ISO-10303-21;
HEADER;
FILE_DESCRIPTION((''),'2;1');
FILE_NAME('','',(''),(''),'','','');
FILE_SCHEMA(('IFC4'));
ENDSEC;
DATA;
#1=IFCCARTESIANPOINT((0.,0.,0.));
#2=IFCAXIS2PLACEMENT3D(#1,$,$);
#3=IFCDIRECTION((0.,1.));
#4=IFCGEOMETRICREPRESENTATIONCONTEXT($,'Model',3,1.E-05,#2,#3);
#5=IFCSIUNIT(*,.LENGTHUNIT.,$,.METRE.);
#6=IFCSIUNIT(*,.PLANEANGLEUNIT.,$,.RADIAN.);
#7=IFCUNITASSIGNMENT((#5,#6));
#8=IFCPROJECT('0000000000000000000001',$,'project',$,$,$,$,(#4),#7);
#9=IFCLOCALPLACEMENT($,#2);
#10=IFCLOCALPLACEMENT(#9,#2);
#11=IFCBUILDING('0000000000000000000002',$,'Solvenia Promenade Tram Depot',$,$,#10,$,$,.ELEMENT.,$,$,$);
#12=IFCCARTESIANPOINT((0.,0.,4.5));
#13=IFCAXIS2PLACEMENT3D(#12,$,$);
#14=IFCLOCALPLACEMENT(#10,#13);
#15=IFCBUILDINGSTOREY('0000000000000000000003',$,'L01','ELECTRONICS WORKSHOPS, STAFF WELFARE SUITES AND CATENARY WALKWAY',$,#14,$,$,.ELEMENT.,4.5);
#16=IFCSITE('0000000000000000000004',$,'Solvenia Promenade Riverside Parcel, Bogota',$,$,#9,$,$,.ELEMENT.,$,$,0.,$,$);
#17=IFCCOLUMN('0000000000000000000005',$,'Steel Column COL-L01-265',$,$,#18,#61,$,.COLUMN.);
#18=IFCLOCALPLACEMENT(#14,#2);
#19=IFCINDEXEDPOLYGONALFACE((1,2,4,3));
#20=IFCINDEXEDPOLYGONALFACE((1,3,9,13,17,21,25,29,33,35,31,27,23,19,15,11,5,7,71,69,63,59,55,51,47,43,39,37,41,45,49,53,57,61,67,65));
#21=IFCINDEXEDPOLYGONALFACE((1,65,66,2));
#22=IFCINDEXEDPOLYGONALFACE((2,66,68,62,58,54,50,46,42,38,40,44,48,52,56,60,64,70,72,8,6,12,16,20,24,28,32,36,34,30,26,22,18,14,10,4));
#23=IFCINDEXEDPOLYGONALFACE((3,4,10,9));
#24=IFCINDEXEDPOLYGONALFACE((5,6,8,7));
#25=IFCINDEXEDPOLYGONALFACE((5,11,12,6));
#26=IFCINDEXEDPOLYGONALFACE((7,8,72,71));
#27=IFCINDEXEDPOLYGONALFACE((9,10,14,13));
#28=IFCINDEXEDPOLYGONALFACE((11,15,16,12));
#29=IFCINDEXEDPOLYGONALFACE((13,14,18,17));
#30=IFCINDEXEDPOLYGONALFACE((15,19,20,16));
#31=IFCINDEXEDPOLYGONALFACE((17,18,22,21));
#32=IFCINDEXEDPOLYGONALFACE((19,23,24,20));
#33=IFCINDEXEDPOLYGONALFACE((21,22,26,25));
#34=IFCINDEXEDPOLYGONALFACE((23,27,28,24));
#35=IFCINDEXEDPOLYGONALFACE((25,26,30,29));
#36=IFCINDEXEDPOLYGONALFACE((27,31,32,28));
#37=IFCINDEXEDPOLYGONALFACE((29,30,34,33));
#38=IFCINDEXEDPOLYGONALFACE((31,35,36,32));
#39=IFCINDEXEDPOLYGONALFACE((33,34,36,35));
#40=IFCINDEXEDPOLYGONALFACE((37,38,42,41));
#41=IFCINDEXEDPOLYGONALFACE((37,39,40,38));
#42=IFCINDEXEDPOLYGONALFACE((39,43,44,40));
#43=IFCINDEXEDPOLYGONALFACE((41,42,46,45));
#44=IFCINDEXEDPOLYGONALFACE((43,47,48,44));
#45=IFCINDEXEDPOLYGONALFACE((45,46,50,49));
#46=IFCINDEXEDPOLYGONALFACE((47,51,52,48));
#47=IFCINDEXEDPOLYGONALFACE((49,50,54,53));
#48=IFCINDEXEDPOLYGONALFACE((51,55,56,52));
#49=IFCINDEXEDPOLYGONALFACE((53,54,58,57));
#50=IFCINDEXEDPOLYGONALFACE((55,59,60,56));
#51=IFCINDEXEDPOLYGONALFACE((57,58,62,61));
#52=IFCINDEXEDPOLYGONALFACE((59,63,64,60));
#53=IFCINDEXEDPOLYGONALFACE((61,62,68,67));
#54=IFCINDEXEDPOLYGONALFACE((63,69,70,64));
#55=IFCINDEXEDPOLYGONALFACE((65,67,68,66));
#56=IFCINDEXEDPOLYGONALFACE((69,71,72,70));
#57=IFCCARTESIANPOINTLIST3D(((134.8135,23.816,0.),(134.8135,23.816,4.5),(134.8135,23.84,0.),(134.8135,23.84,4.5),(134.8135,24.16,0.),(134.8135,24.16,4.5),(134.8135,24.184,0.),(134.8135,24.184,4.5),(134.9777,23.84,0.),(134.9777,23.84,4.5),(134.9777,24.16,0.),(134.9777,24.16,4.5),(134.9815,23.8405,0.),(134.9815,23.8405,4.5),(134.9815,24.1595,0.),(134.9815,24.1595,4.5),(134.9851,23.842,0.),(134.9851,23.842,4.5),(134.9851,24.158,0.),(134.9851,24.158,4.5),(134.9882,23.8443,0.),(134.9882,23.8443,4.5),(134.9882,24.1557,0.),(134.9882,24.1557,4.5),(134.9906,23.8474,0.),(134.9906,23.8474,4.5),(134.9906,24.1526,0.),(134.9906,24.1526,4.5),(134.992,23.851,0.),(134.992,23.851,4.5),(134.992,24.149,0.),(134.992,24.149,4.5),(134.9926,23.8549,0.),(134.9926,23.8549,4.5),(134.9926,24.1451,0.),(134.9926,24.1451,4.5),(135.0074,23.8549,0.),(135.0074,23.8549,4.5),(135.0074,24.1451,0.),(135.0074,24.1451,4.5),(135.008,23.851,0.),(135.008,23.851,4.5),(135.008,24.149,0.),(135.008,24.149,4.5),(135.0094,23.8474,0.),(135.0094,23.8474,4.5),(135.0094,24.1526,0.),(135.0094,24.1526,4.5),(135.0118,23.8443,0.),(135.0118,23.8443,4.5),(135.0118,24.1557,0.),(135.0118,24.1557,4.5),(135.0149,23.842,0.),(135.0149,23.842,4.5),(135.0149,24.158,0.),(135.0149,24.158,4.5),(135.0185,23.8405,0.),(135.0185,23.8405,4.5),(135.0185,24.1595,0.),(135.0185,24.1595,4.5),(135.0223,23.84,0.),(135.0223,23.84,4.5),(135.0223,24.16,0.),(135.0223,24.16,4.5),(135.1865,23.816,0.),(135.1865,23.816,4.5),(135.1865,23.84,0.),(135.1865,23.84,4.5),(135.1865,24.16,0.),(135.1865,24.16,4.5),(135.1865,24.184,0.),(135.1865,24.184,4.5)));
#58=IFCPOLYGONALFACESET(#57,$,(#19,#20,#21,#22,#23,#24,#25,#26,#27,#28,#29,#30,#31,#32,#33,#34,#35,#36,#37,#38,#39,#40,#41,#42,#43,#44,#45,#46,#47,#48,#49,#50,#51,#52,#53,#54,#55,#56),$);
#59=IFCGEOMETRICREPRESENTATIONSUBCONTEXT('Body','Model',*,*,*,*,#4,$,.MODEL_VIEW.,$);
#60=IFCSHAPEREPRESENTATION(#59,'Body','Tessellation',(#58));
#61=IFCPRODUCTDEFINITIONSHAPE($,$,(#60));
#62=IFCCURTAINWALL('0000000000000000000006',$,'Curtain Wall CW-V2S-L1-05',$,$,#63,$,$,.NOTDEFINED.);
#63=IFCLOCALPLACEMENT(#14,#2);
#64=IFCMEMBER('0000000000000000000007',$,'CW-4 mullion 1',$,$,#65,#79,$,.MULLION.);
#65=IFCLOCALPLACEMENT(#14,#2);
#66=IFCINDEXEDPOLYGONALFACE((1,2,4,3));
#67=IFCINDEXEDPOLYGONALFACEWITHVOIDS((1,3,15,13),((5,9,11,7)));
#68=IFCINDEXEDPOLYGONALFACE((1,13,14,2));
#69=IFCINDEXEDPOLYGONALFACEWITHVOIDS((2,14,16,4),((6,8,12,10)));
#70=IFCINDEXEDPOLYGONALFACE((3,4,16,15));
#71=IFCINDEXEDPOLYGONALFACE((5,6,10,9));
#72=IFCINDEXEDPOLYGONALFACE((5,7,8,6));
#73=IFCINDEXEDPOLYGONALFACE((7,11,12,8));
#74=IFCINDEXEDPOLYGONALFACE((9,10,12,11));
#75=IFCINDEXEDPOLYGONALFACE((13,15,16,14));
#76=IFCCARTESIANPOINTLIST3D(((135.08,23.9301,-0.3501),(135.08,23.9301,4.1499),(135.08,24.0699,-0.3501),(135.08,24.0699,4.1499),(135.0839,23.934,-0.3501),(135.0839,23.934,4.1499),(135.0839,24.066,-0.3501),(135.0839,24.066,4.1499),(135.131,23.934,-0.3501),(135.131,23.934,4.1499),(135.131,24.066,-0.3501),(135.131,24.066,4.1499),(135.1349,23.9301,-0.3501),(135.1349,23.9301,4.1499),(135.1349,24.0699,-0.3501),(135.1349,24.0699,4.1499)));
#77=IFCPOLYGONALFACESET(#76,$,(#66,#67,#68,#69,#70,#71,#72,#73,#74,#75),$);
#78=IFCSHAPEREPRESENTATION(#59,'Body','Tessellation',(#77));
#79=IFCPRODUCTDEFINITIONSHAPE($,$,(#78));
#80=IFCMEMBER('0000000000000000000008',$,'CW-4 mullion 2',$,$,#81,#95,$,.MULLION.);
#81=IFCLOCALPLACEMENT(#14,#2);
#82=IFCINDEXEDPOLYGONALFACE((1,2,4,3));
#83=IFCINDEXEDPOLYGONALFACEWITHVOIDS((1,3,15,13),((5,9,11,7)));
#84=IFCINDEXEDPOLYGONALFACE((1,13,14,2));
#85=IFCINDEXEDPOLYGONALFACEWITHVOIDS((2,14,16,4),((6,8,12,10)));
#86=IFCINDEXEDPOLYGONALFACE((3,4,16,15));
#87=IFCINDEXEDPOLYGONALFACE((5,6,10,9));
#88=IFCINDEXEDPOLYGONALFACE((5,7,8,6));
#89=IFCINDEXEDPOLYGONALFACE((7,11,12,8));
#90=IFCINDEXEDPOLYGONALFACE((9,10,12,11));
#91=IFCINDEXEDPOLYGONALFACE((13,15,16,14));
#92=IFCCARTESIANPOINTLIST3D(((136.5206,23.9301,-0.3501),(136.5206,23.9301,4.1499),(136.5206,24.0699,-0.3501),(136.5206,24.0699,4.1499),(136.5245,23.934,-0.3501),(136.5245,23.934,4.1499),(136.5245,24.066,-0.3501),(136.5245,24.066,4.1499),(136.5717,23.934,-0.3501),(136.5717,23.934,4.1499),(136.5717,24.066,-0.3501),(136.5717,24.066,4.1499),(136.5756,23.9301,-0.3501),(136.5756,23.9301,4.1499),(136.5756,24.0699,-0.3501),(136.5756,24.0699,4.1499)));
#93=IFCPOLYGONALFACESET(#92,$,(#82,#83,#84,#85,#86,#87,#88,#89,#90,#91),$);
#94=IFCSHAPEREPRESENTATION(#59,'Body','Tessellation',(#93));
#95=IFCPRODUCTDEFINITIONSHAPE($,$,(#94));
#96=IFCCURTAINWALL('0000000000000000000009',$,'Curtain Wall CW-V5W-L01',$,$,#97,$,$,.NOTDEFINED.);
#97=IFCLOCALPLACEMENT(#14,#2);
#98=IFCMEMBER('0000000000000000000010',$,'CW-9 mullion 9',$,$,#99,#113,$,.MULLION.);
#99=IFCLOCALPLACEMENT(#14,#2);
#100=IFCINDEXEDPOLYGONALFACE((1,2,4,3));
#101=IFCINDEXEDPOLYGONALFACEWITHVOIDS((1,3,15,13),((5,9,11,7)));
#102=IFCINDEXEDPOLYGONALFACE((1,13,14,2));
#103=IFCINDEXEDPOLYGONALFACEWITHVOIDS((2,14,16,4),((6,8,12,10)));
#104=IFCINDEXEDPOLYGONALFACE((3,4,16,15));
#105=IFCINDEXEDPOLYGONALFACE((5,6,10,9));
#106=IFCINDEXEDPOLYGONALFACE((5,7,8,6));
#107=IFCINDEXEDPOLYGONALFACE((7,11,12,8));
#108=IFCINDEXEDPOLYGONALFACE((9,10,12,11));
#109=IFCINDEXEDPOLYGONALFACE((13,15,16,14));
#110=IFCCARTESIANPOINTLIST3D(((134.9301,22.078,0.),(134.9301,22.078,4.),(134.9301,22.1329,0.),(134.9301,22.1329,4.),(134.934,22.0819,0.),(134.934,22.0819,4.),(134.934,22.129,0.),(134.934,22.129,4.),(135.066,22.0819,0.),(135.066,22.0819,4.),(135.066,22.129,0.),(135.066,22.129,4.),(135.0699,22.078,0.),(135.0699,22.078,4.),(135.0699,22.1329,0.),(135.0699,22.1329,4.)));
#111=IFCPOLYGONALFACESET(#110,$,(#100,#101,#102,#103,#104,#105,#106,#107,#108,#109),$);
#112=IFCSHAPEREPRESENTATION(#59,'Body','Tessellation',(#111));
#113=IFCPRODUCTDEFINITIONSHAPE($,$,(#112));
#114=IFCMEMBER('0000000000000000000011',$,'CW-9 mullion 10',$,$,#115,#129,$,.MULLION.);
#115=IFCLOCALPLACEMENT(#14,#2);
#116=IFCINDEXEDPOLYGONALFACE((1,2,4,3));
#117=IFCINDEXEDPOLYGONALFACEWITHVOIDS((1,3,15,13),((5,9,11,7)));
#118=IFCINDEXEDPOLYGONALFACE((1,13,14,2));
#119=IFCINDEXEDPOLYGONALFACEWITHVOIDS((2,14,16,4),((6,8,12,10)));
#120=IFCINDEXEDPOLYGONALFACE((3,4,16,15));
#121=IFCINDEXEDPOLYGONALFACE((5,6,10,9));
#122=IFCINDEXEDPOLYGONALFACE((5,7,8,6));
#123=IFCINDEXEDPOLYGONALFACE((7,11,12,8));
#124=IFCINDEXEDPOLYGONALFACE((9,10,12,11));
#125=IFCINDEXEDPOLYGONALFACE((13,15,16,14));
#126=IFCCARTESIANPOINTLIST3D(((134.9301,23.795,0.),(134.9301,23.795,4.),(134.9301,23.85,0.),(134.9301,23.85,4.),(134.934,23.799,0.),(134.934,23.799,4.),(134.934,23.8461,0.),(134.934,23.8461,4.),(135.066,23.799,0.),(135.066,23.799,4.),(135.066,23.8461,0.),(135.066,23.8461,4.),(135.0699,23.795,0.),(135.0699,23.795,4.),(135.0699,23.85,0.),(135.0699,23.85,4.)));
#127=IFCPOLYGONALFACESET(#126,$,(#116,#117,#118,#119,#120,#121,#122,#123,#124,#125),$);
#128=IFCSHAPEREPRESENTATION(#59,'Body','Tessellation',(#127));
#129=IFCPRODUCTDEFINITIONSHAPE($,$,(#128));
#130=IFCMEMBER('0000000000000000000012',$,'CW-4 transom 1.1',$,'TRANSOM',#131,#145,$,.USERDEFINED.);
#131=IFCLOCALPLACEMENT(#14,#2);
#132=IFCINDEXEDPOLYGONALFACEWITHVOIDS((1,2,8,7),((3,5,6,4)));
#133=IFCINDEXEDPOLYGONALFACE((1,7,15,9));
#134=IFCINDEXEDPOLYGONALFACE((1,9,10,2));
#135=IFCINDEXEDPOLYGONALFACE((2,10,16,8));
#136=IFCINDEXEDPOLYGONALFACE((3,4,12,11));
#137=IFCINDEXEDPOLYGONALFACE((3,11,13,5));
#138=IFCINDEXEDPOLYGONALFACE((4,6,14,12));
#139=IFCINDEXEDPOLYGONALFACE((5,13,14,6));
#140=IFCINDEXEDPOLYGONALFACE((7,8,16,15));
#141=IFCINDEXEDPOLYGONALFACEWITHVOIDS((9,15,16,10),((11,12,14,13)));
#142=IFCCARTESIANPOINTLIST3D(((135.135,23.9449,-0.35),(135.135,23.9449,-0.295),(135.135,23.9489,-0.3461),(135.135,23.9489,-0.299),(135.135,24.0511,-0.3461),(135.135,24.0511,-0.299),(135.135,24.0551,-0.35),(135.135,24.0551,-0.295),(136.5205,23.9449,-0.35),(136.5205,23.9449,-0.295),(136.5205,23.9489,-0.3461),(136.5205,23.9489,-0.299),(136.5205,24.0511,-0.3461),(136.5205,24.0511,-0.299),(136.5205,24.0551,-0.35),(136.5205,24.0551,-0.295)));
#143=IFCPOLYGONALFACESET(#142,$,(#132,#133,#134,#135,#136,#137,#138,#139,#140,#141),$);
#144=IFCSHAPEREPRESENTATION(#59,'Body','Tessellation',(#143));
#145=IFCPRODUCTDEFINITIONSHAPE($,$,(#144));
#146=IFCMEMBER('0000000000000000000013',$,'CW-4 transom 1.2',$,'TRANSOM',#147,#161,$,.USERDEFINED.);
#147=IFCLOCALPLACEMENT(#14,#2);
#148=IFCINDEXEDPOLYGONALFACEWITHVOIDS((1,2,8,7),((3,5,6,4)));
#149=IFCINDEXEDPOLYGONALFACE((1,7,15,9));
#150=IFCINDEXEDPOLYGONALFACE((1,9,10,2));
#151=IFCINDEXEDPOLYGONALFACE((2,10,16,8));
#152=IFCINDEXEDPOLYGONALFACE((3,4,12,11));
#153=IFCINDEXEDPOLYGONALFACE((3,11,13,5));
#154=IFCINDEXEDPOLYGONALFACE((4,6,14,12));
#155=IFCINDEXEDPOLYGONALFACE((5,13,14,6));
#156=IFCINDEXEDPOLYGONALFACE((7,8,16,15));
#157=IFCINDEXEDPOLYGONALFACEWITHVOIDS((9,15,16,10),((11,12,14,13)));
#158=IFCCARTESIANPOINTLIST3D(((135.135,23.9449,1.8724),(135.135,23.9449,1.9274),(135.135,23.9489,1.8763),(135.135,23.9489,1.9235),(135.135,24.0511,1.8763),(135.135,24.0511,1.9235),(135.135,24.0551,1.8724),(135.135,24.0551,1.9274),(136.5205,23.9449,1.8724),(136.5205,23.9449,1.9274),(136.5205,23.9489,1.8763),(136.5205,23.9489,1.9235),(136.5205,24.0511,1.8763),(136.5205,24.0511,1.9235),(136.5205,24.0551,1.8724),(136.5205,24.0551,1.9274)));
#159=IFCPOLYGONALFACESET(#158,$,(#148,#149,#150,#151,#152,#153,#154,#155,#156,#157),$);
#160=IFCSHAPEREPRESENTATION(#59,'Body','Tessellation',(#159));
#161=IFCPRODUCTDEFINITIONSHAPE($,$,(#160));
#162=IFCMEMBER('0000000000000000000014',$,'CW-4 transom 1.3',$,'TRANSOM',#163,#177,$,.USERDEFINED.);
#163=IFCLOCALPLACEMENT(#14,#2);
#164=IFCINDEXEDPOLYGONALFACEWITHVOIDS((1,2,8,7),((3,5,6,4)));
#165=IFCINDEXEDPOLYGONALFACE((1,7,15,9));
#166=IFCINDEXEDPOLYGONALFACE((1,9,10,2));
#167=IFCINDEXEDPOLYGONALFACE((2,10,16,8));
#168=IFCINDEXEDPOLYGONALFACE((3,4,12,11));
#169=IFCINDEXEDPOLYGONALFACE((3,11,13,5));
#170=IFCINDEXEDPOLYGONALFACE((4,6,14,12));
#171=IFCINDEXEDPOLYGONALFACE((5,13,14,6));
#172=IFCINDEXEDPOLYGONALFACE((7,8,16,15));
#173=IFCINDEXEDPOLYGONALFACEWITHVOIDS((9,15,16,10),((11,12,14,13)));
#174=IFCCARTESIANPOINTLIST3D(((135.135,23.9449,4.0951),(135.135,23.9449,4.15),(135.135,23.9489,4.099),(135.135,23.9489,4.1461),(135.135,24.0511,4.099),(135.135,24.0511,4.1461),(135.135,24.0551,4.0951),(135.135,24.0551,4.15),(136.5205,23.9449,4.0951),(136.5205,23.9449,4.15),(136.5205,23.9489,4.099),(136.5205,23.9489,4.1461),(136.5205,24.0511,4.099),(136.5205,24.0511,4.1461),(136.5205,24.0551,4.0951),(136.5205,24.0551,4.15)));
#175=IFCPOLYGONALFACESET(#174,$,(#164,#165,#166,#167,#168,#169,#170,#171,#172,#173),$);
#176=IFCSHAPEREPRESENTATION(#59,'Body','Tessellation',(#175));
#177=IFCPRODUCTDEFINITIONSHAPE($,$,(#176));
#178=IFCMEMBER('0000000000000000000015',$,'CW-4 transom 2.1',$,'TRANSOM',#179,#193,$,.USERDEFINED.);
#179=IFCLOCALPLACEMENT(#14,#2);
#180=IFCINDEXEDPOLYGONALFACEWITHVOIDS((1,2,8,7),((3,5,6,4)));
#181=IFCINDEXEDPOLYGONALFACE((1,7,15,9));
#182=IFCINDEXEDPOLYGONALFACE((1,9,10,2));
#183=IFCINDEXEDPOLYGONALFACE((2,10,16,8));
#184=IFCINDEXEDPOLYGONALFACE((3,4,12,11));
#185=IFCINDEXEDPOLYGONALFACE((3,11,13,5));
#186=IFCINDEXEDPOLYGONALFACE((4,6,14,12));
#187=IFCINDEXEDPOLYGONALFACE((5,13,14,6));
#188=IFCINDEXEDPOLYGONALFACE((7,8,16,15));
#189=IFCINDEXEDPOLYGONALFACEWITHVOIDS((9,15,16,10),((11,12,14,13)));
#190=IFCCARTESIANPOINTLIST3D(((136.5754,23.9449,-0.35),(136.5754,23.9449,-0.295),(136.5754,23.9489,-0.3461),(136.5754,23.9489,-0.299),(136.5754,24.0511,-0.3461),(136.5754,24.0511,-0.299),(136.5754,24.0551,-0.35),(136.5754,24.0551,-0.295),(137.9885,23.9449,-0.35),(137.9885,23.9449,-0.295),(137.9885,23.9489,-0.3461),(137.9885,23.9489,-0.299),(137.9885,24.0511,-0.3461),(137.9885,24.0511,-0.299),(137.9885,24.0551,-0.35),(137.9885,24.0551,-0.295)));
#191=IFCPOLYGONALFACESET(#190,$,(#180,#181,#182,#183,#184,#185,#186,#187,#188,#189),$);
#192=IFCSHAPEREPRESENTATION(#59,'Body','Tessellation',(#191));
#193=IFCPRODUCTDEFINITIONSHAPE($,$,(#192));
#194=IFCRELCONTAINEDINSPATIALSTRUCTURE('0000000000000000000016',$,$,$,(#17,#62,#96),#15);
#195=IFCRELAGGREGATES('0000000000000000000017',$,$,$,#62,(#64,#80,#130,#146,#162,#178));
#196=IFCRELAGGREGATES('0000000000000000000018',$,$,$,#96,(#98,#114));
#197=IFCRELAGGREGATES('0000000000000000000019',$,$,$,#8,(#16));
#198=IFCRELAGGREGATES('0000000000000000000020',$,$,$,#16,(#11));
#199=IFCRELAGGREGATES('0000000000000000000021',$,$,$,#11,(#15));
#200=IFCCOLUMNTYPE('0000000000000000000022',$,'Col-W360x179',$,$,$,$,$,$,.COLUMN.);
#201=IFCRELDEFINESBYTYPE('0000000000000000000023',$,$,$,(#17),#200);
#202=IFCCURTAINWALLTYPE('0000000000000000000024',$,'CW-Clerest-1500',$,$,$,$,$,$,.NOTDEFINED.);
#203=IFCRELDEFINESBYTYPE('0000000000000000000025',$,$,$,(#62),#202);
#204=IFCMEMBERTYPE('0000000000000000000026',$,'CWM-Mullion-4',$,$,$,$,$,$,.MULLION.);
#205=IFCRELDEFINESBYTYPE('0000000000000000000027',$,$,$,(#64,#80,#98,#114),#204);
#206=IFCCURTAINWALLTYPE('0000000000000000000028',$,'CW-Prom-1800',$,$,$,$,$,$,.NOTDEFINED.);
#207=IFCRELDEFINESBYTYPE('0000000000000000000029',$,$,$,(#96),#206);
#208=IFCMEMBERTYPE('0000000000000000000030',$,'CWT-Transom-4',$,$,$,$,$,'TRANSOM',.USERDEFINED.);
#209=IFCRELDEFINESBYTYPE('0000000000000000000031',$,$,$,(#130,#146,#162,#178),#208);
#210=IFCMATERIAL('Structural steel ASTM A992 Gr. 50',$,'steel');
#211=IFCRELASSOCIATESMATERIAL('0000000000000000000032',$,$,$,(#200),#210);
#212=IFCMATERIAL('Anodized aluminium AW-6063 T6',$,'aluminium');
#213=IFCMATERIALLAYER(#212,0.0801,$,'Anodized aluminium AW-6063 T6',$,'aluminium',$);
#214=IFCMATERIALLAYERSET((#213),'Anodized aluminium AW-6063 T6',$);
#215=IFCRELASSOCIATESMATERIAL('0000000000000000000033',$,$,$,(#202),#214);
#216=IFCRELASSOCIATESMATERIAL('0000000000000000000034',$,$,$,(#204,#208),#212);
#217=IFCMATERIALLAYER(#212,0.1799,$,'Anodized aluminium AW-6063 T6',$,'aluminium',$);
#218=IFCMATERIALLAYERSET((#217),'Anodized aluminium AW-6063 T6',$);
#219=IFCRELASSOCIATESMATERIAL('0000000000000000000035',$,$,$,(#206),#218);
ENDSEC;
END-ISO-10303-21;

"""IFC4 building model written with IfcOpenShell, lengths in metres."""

from ifc_helpers import new_model, si_unit, direction, frame, origin, origin_2d, place, context, subcontext, project, spatial, hollow_rectangle, i_section, extrude, material, layer, layer_set, material_profile, profile_set, type_object, element, aggregate, save


model = new_model("IFC4")

# Units and contexts
model_context = context("Model", 3, precision=1e-05, world=origin(), true_north=direction((0.0, 1.0)))
body_context = subcontext(model_context, "Body", "Model", "MODEL_VIEW")
ifc_project = project(units=[si_unit("LENGTHUNIT", "METRE"), si_unit("PLANEANGLEUNIT", "RADIAN")], contexts=[model_context])

# Site, building, storey
site_placement = place(None, origin())
site = spatial("IfcSite", under=ifc_project, at=site_placement, Name="Solvenia Promenade Riverside Parcel, Bogota", CompositionType="ELEMENT", RefElevation=0.0)
building_placement = place(site_placement, origin())
building = spatial("IfcBuilding", under=site, at=building_placement, Name="Solvenia Promenade Tram Depot", CompositionType="ELEMENT")
storey_placement = place(building_placement, frame((0.0, 0.0, 4.5)))
storey = spatial("IfcBuildingStorey", under=building, at=storey_placement, Name="L01", Description="ELECTRONICS WORKSHOPS, STAFF WELFARE SUITES AND CATENARY WALKWAY", CompositionType="ELEMENT", Elevation=4.5)

# Column
ifc_material_1 = material(Name="Structural steel ASTM A992 Gr. 50", Category="steel")
ifc_material_profile_1 = material_profile(ifc_material_1, i_section(OverallWidth=0.373, OverallDepth=0.3679, WebThickness=0.0149, FlangeThickness=0.0239, FilletRadius=0.0149, at=origin_2d()), Name="W360x179", Category="steel")
ifc_profile_set_1 = profile_set([ifc_material_profile_1], Name="Structural steel ASTM A992 Gr. 50")
column_type = type_object("IfcColumnType", Name="Col-W360x179", PredefinedType="COLUMN", material=ifc_profile_set_1)
column_placement = place(storey_placement, frame((135.0, 24.0, 0.0), z_axis=(0.0, 0.0, 1.0), x_axis=(1.0, 0.0, 0.0)))
element("IfcColumn", 1, at=column_placement, inside=storey, type_object=column_type, Name="Steel Column COL-L01-265", PredefinedType="COLUMN", context=body_context, shape_type="SweptSolid", body=[
    extrude(i_section(OverallWidth=0.373, OverallDepth=0.3679, WebThickness=0.0149, FlangeThickness=0.0239, FilletRadius=0.0149, at=origin_2d()), origin(), (0.0, 0.0, 1.0), 4.5),
])

# Curtain walls, members
ifc_material_2 = material(Name="Anodized aluminium AW-6063 T6", Category="aluminium")
ifc_layer_1 = layer(ifc_material_2, 0.0801, Name="Anodized aluminium AW-6063 T6", Category="aluminium")
ifc_layer_set_1 = layer_set([ifc_layer_1], Name="Anodized aluminium AW-6063 T6")
curtain_wall_type_1 = type_object("IfcCurtainWallType", Name="CW-Clerest-1500", PredefinedType="NOTDEFINED", material=ifc_layer_set_1)
curtain_wall_1_placement = place(storey_placement, origin())
curtain_wall_1 = element("IfcCurtainWall", 2, at=curtain_wall_1_placement, inside=storey, type_object=curtain_wall_type_1, Name="Curtain Wall CW-V2S-L1-05", PredefinedType="NOTDEFINED")
ifc_material_profile_2 = material_profile(ifc_material_2, hollow_rectangle(XDim=0.1399, YDim=0.0549, WallThickness=0.0039, at=origin_2d()), Name="ALU-M4", Category="aluminium")
ifc_profile_set_2 = profile_set([ifc_material_profile_2], Name="Anodized aluminium AW-6063 T6")
member_type_1 = type_object("IfcMemberType", Name="CWM-Mullion-4", PredefinedType="MULLION", material=ifc_profile_set_2)
member_1_placement = place(storey_placement, frame((135.1074, 24.0, -0.3501), z_axis=(0.0, 0.0, 1.0), x_axis=(0.0, 1.0, 0.0)))
member_1 = element("IfcMember", 3, at=member_1_placement, type_object=member_type_1, Name="CW-4 mullion 1", PredefinedType="MULLION", context=body_context, shape_type="SweptSolid", body=[
    extrude(hollow_rectangle(XDim=0.1399, YDim=0.0549, WallThickness=0.0039, at=origin_2d()), origin(), (0.0, 0.0, 1.0), 4.5),
])
member_2_placement = place(storey_placement, frame((136.5481, 24.0, -0.3501), z_axis=(0.0, 0.0, 1.0), x_axis=(0.0, 1.0, 0.0)))
member_2 = element("IfcMember", 4, at=member_2_placement, type_object=member_type_1, Name="CW-4 mullion 2", PredefinedType="MULLION", context=body_context, shape_type="SweptSolid", body=[
    extrude(hollow_rectangle(XDim=0.1399, YDim=0.0549, WallThickness=0.0039, at=origin_2d()), origin(), (0.0, 0.0, 1.0), 4.5),
])
ifc_layer_2 = layer(ifc_material_2, 0.1799, Name="Anodized aluminium AW-6063 T6", Category="aluminium")
ifc_layer_set_2 = layer_set([ifc_layer_2], Name="Anodized aluminium AW-6063 T6")
curtain_wall_type_2 = type_object("IfcCurtainWallType", Name="CW-Prom-1800", PredefinedType="NOTDEFINED", material=ifc_layer_set_2)
curtain_wall_2_placement = place(storey_placement, origin())
curtain_wall_2 = element("IfcCurtainWall", 5, at=curtain_wall_2_placement, inside=storey, type_object=curtain_wall_type_2, Name="Curtain Wall CW-V5W-L01", PredefinedType="NOTDEFINED")
member_3_placement = place(storey_placement, frame((135.0, 22.1055, 0.0), z_axis=(0.0, 0.0, 1.0), x_axis=(-1.0, 0.0, 0.0)))
member_3 = element("IfcMember", 6, at=member_3_placement, type_object=member_type_1, Name="CW-9 mullion 9", PredefinedType="MULLION", context=body_context, shape_type="SweptSolid", body=[
    extrude(hollow_rectangle(XDim=0.1399, YDim=0.0549, WallThickness=0.0039, at=origin_2d()), origin(), (0.0, 0.0, 1.0), 4.0),
])
member_4_placement = place(storey_placement, frame((135.0, 23.8225, 0.0), z_axis=(0.0, 0.0, 1.0), x_axis=(-1.0, 0.0, 0.0)))
member_4 = element("IfcMember", 7, at=member_4_placement, type_object=member_type_1, Name="CW-9 mullion 10", PredefinedType="MULLION", context=body_context, shape_type="SweptSolid", body=[
    extrude(hollow_rectangle(XDim=0.1399, YDim=0.0549, WallThickness=0.0039, at=origin_2d()), origin(), (0.0, 0.0, 1.0), 4.0),
])

# Members
ifc_material_profile_3 = material_profile(ifc_material_2, hollow_rectangle(XDim=0.1101, YDim=0.0549, WallThickness=0.0039, at=origin_2d()), Name="ALU-T4", Category="aluminium")
ifc_profile_set_3 = profile_set([ifc_material_profile_3], Name="Anodized aluminium AW-6063 T6")
member_type_2 = type_object("IfcMemberType", Name="CWT-Transom-4", ElementType="TRANSOM", PredefinedType="USERDEFINED", material=ifc_profile_set_3)
member_5_placement = place(storey_placement, frame((135.135, 24.0, -0.3225), z_axis=(1.0, 0.0, 0.0), x_axis=(0.0, 1.0, 0.0)))
member_5 = element("IfcMember", 8, at=member_5_placement, type_object=member_type_2, Name="CW-4 transom 1.1", ObjectType="TRANSOM", PredefinedType="USERDEFINED", context=body_context, shape_type="SweptSolid", body=[
    extrude(hollow_rectangle(XDim=0.1101, YDim=0.0549, WallThickness=0.0039, at=origin_2d()), origin(), (0.0, 0.0, 1.0), 1.3855),
])
member_6_placement = place(storey_placement, frame((135.135, 24.0, 1.8999), z_axis=(1.0, 0.0, 0.0), x_axis=(0.0, 1.0, 0.0)))
member_6 = element("IfcMember", 9, at=member_6_placement, type_object=member_type_2, Name="CW-4 transom 1.2", ObjectType="TRANSOM", PredefinedType="USERDEFINED", context=body_context, shape_type="SweptSolid", body=[
    extrude(hollow_rectangle(XDim=0.1101, YDim=0.0549, WallThickness=0.0039, at=origin_2d()), origin(), (0.0, 0.0, 1.0), 1.3855),
])
member_7_placement = place(storey_placement, frame((135.135, 24.0, 4.1226), z_axis=(1.0, 0.0, 0.0), x_axis=(0.0, 1.0, 0.0)))
member_7 = element("IfcMember", 10, at=member_7_placement, type_object=member_type_2, Name="CW-4 transom 1.3", ObjectType="TRANSOM", PredefinedType="USERDEFINED", context=body_context, shape_type="SweptSolid", body=[
    extrude(hollow_rectangle(XDim=0.1101, YDim=0.0549, WallThickness=0.0039, at=origin_2d()), origin(), (0.0, 0.0, 1.0), 1.3855),
])
member_8_placement = place(storey_placement, frame((136.5754, 24.0, -0.3225), z_axis=(1.0, 0.0, 0.0), x_axis=(0.0, 1.0, 0.0)))
member_8 = element("IfcMember", 11, at=member_8_placement, type_object=member_type_2, Name="CW-4 transom 2.1", ObjectType="TRANSOM", PredefinedType="USERDEFINED", context=body_context, shape_type="SweptSolid", body=[
    extrude(hollow_rectangle(XDim=0.1101, YDim=0.0549, WallThickness=0.0039, at=origin_2d()), origin(), (0.0, 0.0, 1.0), 1.4131),
])

aggregate(curtain_wall_1, [member_1, member_2, member_5, member_6, member_7, member_8])
aggregate(curtain_wall_2, [member_3, member_4])

save(model, "model.ifc")
